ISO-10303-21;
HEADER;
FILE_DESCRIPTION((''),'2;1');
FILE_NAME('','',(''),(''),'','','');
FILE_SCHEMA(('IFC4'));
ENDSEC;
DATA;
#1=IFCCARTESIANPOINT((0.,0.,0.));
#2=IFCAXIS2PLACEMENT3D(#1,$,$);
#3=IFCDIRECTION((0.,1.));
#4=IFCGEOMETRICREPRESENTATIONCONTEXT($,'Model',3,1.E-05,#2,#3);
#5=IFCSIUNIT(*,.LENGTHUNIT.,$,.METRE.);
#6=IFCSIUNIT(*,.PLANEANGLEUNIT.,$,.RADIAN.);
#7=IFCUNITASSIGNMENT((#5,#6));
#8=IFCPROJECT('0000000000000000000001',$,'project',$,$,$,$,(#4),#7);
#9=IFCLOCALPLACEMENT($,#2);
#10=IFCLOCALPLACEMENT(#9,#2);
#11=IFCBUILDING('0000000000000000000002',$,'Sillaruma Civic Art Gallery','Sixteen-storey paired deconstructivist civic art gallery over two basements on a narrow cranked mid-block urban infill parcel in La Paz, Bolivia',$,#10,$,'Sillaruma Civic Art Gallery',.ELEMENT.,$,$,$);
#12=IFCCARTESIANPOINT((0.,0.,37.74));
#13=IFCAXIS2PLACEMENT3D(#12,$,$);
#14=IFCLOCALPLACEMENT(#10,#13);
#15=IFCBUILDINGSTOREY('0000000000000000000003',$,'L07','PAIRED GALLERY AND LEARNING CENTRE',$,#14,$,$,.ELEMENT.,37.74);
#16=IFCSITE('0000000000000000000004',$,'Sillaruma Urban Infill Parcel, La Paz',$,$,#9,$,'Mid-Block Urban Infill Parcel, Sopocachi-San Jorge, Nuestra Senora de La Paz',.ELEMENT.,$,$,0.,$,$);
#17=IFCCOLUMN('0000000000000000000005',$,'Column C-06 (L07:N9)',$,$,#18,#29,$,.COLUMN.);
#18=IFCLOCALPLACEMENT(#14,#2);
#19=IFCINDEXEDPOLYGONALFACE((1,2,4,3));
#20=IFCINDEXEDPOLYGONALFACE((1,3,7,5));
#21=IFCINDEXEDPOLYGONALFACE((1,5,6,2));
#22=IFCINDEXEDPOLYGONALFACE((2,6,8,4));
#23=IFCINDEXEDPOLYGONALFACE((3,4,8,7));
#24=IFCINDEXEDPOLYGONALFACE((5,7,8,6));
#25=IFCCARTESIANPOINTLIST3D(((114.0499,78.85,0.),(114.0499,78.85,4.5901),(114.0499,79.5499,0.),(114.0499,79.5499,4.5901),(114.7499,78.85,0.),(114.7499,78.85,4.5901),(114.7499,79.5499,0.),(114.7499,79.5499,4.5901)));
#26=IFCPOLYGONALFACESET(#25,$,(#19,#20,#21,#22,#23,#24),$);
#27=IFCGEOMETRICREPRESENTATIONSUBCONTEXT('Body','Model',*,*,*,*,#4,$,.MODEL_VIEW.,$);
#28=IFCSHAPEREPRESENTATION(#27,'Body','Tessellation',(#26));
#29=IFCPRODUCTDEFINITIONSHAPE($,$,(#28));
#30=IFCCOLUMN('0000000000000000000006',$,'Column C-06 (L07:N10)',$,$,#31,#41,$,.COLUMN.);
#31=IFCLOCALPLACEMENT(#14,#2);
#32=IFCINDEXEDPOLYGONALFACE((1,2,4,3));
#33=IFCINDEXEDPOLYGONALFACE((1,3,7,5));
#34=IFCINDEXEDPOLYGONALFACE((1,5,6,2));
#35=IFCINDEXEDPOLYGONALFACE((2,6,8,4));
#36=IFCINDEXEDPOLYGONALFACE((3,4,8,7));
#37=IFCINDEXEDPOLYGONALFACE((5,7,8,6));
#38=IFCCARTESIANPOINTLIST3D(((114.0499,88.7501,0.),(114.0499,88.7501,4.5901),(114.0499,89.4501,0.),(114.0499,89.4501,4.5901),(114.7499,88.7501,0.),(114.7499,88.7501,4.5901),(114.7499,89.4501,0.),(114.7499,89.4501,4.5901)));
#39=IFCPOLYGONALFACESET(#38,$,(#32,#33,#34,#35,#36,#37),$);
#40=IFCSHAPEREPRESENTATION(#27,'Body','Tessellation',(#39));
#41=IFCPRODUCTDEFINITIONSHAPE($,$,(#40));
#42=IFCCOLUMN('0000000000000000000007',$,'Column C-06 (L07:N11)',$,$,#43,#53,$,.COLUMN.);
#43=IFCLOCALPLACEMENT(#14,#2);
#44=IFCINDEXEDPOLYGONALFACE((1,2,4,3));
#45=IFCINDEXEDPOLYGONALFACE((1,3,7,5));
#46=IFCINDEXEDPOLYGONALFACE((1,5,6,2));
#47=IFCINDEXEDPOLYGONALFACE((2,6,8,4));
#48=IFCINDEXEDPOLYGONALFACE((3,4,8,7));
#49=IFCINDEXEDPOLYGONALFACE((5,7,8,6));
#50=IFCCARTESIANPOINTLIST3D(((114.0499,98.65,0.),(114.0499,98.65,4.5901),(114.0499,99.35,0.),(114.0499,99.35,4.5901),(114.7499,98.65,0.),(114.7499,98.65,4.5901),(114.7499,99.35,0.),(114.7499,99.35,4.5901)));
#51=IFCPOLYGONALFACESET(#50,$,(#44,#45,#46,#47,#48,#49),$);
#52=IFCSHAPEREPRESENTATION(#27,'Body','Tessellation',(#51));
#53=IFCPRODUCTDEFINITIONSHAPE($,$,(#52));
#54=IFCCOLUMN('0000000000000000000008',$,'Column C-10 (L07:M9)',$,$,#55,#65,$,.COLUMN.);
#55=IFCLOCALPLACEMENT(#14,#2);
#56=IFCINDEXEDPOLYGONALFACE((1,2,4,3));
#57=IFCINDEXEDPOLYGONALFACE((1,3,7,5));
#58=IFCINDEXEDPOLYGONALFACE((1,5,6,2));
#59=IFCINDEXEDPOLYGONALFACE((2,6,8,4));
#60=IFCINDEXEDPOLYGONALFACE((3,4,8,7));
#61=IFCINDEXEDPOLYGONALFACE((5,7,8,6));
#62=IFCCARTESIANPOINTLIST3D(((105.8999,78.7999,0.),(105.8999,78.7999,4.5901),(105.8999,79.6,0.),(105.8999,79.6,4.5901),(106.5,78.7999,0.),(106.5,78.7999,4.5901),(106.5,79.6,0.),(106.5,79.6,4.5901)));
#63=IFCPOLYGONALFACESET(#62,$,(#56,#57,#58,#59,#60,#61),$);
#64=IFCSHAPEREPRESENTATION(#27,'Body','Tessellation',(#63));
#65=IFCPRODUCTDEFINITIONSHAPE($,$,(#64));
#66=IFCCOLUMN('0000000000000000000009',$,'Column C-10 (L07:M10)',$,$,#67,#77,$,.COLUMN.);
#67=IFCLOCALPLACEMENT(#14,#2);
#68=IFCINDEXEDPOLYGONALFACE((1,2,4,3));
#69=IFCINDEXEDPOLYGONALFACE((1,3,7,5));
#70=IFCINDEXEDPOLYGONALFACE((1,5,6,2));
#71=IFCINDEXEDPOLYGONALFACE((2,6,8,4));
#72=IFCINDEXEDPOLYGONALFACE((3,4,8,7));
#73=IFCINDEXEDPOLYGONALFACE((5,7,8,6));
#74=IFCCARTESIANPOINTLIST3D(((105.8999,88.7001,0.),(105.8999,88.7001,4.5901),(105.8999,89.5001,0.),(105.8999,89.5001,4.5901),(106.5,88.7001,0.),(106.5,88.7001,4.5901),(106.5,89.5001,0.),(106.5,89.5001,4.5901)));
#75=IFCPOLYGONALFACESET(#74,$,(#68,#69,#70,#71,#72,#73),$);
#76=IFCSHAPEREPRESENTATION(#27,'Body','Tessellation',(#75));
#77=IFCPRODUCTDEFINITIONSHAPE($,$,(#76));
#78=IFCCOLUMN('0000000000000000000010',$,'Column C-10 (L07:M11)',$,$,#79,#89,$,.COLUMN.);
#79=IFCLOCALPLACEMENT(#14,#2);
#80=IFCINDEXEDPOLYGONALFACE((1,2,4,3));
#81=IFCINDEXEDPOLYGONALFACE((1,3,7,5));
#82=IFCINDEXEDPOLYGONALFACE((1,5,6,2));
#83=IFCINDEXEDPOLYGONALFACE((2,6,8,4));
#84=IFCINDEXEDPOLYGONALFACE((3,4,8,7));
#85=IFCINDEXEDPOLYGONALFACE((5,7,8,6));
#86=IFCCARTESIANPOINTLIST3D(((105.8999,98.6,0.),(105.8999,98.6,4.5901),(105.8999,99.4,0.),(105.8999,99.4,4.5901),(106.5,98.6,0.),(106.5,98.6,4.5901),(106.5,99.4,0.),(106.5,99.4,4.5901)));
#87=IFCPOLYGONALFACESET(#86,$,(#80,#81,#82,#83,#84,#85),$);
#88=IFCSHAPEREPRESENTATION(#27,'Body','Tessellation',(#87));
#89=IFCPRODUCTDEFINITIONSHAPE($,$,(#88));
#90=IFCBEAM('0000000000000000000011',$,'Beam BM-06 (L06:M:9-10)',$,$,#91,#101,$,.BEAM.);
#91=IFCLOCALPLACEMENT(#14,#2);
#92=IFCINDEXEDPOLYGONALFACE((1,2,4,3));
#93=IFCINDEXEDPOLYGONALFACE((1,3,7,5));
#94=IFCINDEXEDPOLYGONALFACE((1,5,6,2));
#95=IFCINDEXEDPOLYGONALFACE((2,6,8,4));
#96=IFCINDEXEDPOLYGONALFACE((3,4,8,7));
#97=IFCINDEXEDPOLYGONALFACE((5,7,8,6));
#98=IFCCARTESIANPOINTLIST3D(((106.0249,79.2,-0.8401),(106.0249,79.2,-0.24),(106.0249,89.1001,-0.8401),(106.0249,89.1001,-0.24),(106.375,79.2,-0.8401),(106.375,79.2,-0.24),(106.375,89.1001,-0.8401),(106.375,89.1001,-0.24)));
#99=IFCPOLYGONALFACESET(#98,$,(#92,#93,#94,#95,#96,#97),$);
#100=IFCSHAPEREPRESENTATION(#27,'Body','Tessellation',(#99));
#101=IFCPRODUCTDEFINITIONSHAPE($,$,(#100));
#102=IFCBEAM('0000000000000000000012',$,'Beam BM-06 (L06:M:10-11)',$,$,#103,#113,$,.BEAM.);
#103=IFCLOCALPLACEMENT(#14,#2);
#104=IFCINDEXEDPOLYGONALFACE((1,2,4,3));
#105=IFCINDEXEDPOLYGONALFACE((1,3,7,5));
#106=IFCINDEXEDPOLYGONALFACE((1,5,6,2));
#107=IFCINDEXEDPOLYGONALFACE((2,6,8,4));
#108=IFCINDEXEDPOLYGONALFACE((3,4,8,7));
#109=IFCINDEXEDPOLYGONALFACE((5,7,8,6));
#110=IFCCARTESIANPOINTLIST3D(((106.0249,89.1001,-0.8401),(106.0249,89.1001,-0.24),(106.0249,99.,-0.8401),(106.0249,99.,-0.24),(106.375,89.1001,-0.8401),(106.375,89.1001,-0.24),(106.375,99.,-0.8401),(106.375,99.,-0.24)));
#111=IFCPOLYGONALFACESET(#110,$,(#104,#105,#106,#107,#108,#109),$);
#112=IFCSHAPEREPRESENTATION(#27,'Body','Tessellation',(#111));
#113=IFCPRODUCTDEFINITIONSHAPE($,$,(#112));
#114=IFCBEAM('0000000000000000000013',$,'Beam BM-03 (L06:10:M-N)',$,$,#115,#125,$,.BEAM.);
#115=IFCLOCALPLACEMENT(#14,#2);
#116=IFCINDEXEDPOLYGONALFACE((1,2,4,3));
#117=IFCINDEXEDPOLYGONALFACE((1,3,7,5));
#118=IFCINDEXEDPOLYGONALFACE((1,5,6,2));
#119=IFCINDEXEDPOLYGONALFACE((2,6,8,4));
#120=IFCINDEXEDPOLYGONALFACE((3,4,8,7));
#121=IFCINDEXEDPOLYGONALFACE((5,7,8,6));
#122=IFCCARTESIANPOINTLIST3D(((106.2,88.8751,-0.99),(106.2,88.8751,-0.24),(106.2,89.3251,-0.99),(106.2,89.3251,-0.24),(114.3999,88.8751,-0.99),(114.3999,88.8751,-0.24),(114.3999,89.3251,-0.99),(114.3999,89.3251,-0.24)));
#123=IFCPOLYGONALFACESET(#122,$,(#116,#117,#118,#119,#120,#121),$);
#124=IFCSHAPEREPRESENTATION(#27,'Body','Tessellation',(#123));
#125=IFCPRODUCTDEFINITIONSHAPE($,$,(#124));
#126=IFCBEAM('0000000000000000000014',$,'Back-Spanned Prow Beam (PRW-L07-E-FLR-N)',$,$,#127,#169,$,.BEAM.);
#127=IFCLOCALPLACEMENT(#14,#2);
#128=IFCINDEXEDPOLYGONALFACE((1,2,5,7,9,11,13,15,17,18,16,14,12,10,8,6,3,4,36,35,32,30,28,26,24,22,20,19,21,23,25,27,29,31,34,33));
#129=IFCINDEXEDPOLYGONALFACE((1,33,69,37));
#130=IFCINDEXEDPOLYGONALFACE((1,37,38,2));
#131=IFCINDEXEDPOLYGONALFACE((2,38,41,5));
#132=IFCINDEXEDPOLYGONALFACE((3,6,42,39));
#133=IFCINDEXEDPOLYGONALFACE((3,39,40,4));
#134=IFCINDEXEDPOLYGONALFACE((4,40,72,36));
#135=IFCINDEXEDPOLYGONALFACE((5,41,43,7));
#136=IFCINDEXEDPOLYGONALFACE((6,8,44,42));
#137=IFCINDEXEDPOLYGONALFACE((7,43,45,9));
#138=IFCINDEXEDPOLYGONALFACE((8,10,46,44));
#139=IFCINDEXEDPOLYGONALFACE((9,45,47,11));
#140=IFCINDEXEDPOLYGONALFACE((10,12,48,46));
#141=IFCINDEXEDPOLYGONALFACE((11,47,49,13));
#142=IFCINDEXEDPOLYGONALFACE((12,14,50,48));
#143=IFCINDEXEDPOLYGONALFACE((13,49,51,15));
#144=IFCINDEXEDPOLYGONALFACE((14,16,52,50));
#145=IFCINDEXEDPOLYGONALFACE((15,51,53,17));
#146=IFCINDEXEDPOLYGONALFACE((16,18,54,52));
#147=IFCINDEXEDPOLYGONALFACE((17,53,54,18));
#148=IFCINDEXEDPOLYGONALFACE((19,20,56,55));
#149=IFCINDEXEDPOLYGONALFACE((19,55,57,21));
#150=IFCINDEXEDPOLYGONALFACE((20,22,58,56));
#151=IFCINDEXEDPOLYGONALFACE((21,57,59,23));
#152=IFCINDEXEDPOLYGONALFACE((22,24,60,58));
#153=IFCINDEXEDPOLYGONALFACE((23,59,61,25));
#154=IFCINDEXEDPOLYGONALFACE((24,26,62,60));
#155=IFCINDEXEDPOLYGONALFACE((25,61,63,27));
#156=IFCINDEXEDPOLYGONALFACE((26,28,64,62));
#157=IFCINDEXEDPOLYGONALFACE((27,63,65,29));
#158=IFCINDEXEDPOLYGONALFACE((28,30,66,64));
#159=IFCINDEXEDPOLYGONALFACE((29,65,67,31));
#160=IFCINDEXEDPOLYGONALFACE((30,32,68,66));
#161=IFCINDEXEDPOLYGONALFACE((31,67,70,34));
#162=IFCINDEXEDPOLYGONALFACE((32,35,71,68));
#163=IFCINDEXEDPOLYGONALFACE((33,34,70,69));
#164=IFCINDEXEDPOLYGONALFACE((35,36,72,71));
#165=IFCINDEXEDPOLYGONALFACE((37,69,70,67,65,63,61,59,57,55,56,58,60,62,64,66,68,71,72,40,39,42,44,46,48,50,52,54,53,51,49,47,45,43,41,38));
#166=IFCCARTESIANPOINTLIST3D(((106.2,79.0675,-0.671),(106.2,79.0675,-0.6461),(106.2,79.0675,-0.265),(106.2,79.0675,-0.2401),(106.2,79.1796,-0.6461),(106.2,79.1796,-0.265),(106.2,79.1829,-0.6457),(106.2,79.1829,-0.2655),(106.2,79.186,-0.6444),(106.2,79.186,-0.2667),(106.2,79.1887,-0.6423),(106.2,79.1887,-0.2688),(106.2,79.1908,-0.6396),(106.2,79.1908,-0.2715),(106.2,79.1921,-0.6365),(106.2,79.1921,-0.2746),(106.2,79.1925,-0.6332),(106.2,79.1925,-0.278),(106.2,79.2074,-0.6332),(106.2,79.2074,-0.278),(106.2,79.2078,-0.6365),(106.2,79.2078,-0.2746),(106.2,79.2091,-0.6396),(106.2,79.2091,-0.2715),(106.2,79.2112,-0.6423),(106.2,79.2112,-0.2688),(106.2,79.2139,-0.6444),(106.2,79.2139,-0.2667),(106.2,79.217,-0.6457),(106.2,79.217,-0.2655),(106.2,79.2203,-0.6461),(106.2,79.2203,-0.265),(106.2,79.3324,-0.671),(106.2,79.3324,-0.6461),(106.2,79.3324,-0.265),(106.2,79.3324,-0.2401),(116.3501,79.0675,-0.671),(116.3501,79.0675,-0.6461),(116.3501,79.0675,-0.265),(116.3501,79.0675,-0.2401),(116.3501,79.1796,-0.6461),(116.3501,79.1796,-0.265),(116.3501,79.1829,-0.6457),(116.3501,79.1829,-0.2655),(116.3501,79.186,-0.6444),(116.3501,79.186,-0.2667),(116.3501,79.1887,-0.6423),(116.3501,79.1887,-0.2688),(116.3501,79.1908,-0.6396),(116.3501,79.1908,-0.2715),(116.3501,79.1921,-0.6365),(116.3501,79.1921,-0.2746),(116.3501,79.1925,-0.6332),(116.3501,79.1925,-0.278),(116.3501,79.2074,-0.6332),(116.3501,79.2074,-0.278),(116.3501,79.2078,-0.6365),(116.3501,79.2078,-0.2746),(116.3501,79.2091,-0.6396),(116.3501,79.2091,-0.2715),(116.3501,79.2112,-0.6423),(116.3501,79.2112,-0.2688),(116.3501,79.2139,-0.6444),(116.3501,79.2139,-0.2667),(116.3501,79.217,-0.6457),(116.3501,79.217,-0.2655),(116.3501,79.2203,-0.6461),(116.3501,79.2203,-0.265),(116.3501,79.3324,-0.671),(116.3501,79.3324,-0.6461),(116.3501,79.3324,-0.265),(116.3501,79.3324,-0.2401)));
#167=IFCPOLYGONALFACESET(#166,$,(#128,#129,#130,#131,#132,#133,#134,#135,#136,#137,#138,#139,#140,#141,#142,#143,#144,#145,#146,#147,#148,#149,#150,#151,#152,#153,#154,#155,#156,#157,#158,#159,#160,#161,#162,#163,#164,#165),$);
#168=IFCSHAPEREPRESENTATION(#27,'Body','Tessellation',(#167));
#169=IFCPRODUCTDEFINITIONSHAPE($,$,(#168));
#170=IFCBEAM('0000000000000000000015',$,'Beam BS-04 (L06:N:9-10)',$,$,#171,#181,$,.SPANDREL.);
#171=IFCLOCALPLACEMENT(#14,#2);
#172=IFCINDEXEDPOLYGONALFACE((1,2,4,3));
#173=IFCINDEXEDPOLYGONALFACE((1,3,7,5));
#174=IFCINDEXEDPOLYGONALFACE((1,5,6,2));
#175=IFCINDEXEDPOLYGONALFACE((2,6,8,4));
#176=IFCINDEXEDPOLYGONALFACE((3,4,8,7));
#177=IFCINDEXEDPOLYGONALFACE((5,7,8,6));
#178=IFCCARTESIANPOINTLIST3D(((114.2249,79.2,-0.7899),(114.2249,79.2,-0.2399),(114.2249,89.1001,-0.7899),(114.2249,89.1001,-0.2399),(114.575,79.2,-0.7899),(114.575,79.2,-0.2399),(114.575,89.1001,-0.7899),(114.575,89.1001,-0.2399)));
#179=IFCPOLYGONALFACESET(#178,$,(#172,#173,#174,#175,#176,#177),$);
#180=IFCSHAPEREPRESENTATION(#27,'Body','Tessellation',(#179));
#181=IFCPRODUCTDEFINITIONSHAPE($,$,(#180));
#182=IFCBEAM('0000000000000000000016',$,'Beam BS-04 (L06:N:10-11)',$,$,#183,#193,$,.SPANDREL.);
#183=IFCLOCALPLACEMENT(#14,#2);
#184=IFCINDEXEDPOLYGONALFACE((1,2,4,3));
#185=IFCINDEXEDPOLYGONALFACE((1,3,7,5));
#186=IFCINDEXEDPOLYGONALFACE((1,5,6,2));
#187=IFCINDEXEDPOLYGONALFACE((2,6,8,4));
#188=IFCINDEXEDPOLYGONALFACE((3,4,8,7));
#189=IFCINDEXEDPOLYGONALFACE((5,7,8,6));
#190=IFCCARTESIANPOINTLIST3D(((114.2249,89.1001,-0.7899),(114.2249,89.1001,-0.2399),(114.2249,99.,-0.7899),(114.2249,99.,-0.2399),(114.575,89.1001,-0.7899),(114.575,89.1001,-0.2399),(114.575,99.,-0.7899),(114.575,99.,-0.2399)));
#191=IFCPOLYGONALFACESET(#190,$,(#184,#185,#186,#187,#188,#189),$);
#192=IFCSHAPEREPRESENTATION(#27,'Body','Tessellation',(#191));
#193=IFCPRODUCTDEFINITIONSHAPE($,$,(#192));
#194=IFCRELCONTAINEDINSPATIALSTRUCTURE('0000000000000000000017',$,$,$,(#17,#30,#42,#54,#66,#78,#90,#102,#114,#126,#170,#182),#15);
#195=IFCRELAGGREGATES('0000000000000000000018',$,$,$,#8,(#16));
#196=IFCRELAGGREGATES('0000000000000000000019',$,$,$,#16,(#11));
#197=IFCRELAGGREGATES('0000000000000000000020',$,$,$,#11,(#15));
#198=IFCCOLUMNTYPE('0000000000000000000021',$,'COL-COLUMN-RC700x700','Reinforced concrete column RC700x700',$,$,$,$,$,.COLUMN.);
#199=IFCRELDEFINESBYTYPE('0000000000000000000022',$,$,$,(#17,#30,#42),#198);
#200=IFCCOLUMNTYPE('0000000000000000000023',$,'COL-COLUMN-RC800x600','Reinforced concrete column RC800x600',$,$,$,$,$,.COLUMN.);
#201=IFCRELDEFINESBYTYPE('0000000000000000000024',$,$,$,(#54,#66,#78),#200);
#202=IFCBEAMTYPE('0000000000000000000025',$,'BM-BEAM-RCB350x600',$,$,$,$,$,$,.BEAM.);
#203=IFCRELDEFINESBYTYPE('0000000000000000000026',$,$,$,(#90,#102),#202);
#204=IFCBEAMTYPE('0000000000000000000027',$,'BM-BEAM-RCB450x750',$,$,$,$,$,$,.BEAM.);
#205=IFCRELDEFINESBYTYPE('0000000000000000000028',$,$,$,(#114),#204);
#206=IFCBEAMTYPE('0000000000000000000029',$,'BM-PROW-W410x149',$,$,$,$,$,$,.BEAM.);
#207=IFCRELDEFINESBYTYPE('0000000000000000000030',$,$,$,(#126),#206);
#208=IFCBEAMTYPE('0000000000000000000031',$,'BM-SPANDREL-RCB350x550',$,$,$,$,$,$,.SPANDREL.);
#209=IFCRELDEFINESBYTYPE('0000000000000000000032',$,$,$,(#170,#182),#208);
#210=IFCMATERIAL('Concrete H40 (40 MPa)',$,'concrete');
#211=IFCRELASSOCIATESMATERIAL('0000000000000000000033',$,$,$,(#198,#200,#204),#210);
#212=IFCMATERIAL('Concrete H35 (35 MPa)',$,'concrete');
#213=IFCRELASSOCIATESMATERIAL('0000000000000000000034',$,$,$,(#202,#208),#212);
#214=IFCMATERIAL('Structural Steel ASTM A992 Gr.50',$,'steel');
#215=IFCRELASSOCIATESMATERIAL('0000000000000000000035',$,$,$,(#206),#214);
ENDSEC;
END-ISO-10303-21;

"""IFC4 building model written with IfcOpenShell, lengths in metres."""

from ifc_helpers import new_model, si_unit, direction, frame, origin, origin_2d, place, context, subcontext, project, spatial, rectangle, i_section, extrude, material, material_profile, profile_set, type_object, element, save


model = new_model("IFC4")

# Units and contexts
model_context = context("Model", 3, precision=1e-05, world=origin(), true_north=direction((0.0, 1.0)))
body_context = subcontext(model_context, "Body", "Model", "MODEL_VIEW")
ifc_project = project(units=[si_unit("LENGTHUNIT", "METRE"), si_unit("PLANEANGLEUNIT", "RADIAN")], contexts=[model_context])

# Site, building, storey
site_placement = place(None, origin())
site = spatial("IfcSite", under=ifc_project, at=site_placement, Name="Sillaruma Urban Infill Parcel, La Paz", LongName="Mid-Block Urban Infill Parcel, Sopocachi-San Jorge, Nuestra Senora de La Paz", CompositionType="ELEMENT", RefElevation=0.0)
building_placement = place(site_placement, origin())
building = spatial("IfcBuilding", under=site, at=building_placement, Name="Sillaruma Civic Art Gallery", Description="Sixteen-storey paired deconstructivist civic art gallery over two basements on a narrow cranked mid-block urban infill parcel in La Paz, Bolivia", LongName="Sillaruma Civic Art Gallery", CompositionType="ELEMENT")
storey_placement = place(building_placement, frame((0.0, 0.0, 37.74)))
storey = spatial("IfcBuildingStorey", under=building, at=storey_placement, Name="L07", Description="PAIRED GALLERY AND LEARNING CENTRE", CompositionType="ELEMENT", Elevation=37.74)

# Columns
ifc_material_1 = material(Name="Concrete H40 (40 MPa)", Category="concrete")
ifc_material_profile_1 = material_profile(ifc_material_1, rectangle(XDim=0.7, YDim=0.7, at=origin_2d()), Name="RC700x700")
ifc_profile_set_1 = profile_set([ifc_material_profile_1], Name="Concrete H40 (40 MPa)")
column_type_1 = type_object("IfcColumnType", Name="COL-COLUMN-RC700x700", Description="Reinforced concrete column RC700x700", PredefinedType="COLUMN", material=ifc_profile_set_1)
for number, where, z_axis, x_axis, name in (
    (1, (114.3999, 79.2, 0.0), (0.0, 0.0, 1.0), (1.0, 0.0, 0.0), "Column C-06 (L07:N9)"),
    (2, (114.3999, 89.1001, 0.0), (0.0, 0.0, 1.0), (1.0, 0.0, 0.0), "Column C-06 (L07:N10)"),
    (3, (114.3999, 99.0, 0.0), (0.0, 0.0, 1.0), (1.0, 0.0, 0.0), "Column C-06 (L07:N11)"),
):
    element("IfcColumn", number, at=place(storey_placement, frame(where, z_axis=z_axis, x_axis=x_axis)), inside=storey, type_object=column_type_1, Name=name, PredefinedType="COLUMN", context=body_context, shape_type="SweptSolid", body=[
        extrude(rectangle(XDim=0.7, YDim=0.7, at=origin_2d()), origin(), (0.0, 0.0, 1.0), 4.5901),
    ])
ifc_material_profile_2 = material_profile(ifc_material_1, rectangle(XDim=0.6001, YDim=0.8, at=origin_2d()), Name="RC800x600")
ifc_profile_set_2 = profile_set([ifc_material_profile_2], Name="Concrete H40 (40 MPa)")
column_type_2 = type_object("IfcColumnType", Name="COL-COLUMN-RC800x600", Description="Reinforced concrete column RC800x600", PredefinedType="COLUMN", material=ifc_profile_set_2)
for number, where, z_axis, x_axis, name in (
    (4, (106.2, 79.2, 0.0), (0.0, 0.0, 1.0), (1.0, 0.0, 0.0), "Column C-10 (L07:M9)"),
    (5, (106.2, 89.1001, 0.0), (0.0, 0.0, 1.0), (1.0, 0.0, 0.0), "Column C-10 (L07:M10)"),
    (6, (106.2, 99.0, 0.0), (0.0, 0.0, 1.0), (1.0, 0.0, 0.0), "Column C-10 (L07:M11)"),
):
    element("IfcColumn", number, at=place(storey_placement, frame(where, z_axis=z_axis, x_axis=x_axis)), inside=storey, type_object=column_type_2, Name=name, PredefinedType="COLUMN", context=body_context, shape_type="SweptSolid", body=[
        extrude(rectangle(XDim=0.6001, YDim=0.8, at=origin_2d()), origin(), (0.0, 0.0, 1.0), 4.5901),
    ])

# Beams
ifc_material_2 = material(Name="Concrete H35 (35 MPa)", Category="concrete")
ifc_material_profile_3 = material_profile(ifc_material_2, rectangle(XDim=0.3501, YDim=0.6001, at=origin_2d()), Name="RCB350x600")
ifc_profile_set_3 = profile_set([ifc_material_profile_3], Name="Concrete H35 (35 MPa)")
beam_type_1 = type_object("IfcBeamType", Name="BM-BEAM-RCB350x600", PredefinedType="BEAM", material=ifc_profile_set_3)
beam_1_placement = place(storey_placement, frame((106.2, 79.2, -0.54), z_axis=(0.0, 1.0, 0.0), x_axis=(-1.0, 0.0, 0.0)))
element("IfcBeam", 7, at=beam_1_placement, inside=storey, type_object=beam_type_1, Name="Beam BM-06 (L06:M:9-10)", PredefinedType="BEAM", context=body_context, shape_type="SweptSolid", body=[
    extrude(rectangle(XDim=0.3501, YDim=0.6001, at=origin_2d()), origin(), (0.0, 0.0, 1.0), 9.9001),
])
beam_2_placement = place(storey_placement, frame((106.2, 89.1001, -0.54), z_axis=(0.0, 1.0, 0.0), x_axis=(-1.0, 0.0, 0.0)))
element("IfcBeam", 8, at=beam_2_placement, inside=storey, type_object=beam_type_1, Name="Beam BM-06 (L06:M:10-11)", PredefinedType="BEAM", context=body_context, shape_type="SweptSolid", body=[
    extrude(rectangle(XDim=0.3501, YDim=0.6001, at=origin_2d()), origin(), (0.0, 0.0, 1.0), 9.8999),
])
ifc_material_profile_4 = material_profile(ifc_material_1, rectangle(XDim=0.45, YDim=0.75, at=origin_2d()), Name="RCB450x750")
ifc_profile_set_4 = profile_set([ifc_material_profile_4], Name="Concrete H40 (40 MPa)")
beam_type_2 = type_object("IfcBeamType", Name="BM-BEAM-RCB450x750", PredefinedType="BEAM", material=ifc_profile_set_4)
beam_3_placement = place(storey_placement, frame((106.2, 89.1001, -0.615), z_axis=(1.0, 0.0, 0.0), x_axis=(0.0, 1.0, 0.0)))
element("IfcBeam", 9, at=beam_3_placement, inside=storey, type_object=beam_type_2, Name="Beam BM-03 (L06:10:M-N)", PredefinedType="BEAM", context=body_context, shape_type="SweptSolid", body=[
    extrude(rectangle(XDim=0.45, YDim=0.75, at=origin_2d()), origin(), (0.0, 0.0, 1.0), 8.2),
])
ifc_material_3 = material(Name="Structural Steel ASTM A992 Gr.50", Category="steel")
ifc_material_profile_5 = material_profile(ifc_material_3, i_section(OverallWidth=0.2649, OverallDepth=0.4309, WebThickness=0.0149, FlangeThickness=0.0249, FilletRadius=0.0129, at=origin_2d()), Name="W410x149")
ifc_profile_set_5 = profile_set([ifc_material_profile_5], Name="Structural Steel ASTM A992 Gr.50")
beam_type_3 = type_object("IfcBeamType", Name="BM-PROW-W410x149", PredefinedType="BEAM", material=ifc_profile_set_5)
beam_4_placement = place(storey_placement, frame((106.2, 79.2, -0.4556), z_axis=(1.0, 0.0, 0.0), x_axis=(0.0, 1.0, 0.0)))
element("IfcBeam", 10, at=beam_4_placement, inside=storey, type_object=beam_type_3, Name="Back-Spanned Prow Beam (PRW-L07-E-FLR-N)", PredefinedType="BEAM", context=body_context, shape_type="SweptSolid", body=[
    extrude(i_section(OverallWidth=0.2649, OverallDepth=0.4309, WebThickness=0.0149, FlangeThickness=0.0249, FilletRadius=0.0129, at=origin_2d()), origin(), (0.0, 0.0, 1.0), 10.1501),
])
ifc_material_profile_6 = material_profile(ifc_material_2, rectangle(XDim=0.3501, YDim=0.55, at=origin_2d()), Name="RCB350x550")
ifc_profile_set_6 = profile_set([ifc_material_profile_6], Name="Concrete H35 (35 MPa)")
beam_type_4 = type_object("IfcBeamType", Name="BM-SPANDREL-RCB350x550", PredefinedType="SPANDREL", material=ifc_profile_set_6)
beam_5_placement = place(storey_placement, frame((114.3999, 79.2, -0.5149), z_axis=(0.0, 1.0, 0.0), x_axis=(-1.0, 0.0, 0.0)))
element("IfcBeam", 11, at=beam_5_placement, inside=storey, type_object=beam_type_4, Name="Beam BS-04 (L06:N:9-10)", PredefinedType="SPANDREL", context=body_context, shape_type="SweptSolid", body=[
    extrude(rectangle(XDim=0.3501, YDim=0.55, at=origin_2d()), origin(), (0.0, 0.0, 1.0), 9.9001),
])
beam_6_placement = place(storey_placement, frame((114.3999, 89.1001, -0.5149), z_axis=(0.0, 1.0, 0.0), x_axis=(-1.0, 0.0, 0.0)))
element("IfcBeam", 12, at=beam_6_placement, inside=storey, type_object=beam_type_4, Name="Beam BS-04 (L06:N:10-11)", PredefinedType="SPANDREL", context=body_context, shape_type="SweptSolid", body=[
    extrude(rectangle(XDim=0.3501, YDim=0.55, at=origin_2d()), origin(), (0.0, 0.0, 1.0), 9.8999),
])

save(model, "model.ifc")
